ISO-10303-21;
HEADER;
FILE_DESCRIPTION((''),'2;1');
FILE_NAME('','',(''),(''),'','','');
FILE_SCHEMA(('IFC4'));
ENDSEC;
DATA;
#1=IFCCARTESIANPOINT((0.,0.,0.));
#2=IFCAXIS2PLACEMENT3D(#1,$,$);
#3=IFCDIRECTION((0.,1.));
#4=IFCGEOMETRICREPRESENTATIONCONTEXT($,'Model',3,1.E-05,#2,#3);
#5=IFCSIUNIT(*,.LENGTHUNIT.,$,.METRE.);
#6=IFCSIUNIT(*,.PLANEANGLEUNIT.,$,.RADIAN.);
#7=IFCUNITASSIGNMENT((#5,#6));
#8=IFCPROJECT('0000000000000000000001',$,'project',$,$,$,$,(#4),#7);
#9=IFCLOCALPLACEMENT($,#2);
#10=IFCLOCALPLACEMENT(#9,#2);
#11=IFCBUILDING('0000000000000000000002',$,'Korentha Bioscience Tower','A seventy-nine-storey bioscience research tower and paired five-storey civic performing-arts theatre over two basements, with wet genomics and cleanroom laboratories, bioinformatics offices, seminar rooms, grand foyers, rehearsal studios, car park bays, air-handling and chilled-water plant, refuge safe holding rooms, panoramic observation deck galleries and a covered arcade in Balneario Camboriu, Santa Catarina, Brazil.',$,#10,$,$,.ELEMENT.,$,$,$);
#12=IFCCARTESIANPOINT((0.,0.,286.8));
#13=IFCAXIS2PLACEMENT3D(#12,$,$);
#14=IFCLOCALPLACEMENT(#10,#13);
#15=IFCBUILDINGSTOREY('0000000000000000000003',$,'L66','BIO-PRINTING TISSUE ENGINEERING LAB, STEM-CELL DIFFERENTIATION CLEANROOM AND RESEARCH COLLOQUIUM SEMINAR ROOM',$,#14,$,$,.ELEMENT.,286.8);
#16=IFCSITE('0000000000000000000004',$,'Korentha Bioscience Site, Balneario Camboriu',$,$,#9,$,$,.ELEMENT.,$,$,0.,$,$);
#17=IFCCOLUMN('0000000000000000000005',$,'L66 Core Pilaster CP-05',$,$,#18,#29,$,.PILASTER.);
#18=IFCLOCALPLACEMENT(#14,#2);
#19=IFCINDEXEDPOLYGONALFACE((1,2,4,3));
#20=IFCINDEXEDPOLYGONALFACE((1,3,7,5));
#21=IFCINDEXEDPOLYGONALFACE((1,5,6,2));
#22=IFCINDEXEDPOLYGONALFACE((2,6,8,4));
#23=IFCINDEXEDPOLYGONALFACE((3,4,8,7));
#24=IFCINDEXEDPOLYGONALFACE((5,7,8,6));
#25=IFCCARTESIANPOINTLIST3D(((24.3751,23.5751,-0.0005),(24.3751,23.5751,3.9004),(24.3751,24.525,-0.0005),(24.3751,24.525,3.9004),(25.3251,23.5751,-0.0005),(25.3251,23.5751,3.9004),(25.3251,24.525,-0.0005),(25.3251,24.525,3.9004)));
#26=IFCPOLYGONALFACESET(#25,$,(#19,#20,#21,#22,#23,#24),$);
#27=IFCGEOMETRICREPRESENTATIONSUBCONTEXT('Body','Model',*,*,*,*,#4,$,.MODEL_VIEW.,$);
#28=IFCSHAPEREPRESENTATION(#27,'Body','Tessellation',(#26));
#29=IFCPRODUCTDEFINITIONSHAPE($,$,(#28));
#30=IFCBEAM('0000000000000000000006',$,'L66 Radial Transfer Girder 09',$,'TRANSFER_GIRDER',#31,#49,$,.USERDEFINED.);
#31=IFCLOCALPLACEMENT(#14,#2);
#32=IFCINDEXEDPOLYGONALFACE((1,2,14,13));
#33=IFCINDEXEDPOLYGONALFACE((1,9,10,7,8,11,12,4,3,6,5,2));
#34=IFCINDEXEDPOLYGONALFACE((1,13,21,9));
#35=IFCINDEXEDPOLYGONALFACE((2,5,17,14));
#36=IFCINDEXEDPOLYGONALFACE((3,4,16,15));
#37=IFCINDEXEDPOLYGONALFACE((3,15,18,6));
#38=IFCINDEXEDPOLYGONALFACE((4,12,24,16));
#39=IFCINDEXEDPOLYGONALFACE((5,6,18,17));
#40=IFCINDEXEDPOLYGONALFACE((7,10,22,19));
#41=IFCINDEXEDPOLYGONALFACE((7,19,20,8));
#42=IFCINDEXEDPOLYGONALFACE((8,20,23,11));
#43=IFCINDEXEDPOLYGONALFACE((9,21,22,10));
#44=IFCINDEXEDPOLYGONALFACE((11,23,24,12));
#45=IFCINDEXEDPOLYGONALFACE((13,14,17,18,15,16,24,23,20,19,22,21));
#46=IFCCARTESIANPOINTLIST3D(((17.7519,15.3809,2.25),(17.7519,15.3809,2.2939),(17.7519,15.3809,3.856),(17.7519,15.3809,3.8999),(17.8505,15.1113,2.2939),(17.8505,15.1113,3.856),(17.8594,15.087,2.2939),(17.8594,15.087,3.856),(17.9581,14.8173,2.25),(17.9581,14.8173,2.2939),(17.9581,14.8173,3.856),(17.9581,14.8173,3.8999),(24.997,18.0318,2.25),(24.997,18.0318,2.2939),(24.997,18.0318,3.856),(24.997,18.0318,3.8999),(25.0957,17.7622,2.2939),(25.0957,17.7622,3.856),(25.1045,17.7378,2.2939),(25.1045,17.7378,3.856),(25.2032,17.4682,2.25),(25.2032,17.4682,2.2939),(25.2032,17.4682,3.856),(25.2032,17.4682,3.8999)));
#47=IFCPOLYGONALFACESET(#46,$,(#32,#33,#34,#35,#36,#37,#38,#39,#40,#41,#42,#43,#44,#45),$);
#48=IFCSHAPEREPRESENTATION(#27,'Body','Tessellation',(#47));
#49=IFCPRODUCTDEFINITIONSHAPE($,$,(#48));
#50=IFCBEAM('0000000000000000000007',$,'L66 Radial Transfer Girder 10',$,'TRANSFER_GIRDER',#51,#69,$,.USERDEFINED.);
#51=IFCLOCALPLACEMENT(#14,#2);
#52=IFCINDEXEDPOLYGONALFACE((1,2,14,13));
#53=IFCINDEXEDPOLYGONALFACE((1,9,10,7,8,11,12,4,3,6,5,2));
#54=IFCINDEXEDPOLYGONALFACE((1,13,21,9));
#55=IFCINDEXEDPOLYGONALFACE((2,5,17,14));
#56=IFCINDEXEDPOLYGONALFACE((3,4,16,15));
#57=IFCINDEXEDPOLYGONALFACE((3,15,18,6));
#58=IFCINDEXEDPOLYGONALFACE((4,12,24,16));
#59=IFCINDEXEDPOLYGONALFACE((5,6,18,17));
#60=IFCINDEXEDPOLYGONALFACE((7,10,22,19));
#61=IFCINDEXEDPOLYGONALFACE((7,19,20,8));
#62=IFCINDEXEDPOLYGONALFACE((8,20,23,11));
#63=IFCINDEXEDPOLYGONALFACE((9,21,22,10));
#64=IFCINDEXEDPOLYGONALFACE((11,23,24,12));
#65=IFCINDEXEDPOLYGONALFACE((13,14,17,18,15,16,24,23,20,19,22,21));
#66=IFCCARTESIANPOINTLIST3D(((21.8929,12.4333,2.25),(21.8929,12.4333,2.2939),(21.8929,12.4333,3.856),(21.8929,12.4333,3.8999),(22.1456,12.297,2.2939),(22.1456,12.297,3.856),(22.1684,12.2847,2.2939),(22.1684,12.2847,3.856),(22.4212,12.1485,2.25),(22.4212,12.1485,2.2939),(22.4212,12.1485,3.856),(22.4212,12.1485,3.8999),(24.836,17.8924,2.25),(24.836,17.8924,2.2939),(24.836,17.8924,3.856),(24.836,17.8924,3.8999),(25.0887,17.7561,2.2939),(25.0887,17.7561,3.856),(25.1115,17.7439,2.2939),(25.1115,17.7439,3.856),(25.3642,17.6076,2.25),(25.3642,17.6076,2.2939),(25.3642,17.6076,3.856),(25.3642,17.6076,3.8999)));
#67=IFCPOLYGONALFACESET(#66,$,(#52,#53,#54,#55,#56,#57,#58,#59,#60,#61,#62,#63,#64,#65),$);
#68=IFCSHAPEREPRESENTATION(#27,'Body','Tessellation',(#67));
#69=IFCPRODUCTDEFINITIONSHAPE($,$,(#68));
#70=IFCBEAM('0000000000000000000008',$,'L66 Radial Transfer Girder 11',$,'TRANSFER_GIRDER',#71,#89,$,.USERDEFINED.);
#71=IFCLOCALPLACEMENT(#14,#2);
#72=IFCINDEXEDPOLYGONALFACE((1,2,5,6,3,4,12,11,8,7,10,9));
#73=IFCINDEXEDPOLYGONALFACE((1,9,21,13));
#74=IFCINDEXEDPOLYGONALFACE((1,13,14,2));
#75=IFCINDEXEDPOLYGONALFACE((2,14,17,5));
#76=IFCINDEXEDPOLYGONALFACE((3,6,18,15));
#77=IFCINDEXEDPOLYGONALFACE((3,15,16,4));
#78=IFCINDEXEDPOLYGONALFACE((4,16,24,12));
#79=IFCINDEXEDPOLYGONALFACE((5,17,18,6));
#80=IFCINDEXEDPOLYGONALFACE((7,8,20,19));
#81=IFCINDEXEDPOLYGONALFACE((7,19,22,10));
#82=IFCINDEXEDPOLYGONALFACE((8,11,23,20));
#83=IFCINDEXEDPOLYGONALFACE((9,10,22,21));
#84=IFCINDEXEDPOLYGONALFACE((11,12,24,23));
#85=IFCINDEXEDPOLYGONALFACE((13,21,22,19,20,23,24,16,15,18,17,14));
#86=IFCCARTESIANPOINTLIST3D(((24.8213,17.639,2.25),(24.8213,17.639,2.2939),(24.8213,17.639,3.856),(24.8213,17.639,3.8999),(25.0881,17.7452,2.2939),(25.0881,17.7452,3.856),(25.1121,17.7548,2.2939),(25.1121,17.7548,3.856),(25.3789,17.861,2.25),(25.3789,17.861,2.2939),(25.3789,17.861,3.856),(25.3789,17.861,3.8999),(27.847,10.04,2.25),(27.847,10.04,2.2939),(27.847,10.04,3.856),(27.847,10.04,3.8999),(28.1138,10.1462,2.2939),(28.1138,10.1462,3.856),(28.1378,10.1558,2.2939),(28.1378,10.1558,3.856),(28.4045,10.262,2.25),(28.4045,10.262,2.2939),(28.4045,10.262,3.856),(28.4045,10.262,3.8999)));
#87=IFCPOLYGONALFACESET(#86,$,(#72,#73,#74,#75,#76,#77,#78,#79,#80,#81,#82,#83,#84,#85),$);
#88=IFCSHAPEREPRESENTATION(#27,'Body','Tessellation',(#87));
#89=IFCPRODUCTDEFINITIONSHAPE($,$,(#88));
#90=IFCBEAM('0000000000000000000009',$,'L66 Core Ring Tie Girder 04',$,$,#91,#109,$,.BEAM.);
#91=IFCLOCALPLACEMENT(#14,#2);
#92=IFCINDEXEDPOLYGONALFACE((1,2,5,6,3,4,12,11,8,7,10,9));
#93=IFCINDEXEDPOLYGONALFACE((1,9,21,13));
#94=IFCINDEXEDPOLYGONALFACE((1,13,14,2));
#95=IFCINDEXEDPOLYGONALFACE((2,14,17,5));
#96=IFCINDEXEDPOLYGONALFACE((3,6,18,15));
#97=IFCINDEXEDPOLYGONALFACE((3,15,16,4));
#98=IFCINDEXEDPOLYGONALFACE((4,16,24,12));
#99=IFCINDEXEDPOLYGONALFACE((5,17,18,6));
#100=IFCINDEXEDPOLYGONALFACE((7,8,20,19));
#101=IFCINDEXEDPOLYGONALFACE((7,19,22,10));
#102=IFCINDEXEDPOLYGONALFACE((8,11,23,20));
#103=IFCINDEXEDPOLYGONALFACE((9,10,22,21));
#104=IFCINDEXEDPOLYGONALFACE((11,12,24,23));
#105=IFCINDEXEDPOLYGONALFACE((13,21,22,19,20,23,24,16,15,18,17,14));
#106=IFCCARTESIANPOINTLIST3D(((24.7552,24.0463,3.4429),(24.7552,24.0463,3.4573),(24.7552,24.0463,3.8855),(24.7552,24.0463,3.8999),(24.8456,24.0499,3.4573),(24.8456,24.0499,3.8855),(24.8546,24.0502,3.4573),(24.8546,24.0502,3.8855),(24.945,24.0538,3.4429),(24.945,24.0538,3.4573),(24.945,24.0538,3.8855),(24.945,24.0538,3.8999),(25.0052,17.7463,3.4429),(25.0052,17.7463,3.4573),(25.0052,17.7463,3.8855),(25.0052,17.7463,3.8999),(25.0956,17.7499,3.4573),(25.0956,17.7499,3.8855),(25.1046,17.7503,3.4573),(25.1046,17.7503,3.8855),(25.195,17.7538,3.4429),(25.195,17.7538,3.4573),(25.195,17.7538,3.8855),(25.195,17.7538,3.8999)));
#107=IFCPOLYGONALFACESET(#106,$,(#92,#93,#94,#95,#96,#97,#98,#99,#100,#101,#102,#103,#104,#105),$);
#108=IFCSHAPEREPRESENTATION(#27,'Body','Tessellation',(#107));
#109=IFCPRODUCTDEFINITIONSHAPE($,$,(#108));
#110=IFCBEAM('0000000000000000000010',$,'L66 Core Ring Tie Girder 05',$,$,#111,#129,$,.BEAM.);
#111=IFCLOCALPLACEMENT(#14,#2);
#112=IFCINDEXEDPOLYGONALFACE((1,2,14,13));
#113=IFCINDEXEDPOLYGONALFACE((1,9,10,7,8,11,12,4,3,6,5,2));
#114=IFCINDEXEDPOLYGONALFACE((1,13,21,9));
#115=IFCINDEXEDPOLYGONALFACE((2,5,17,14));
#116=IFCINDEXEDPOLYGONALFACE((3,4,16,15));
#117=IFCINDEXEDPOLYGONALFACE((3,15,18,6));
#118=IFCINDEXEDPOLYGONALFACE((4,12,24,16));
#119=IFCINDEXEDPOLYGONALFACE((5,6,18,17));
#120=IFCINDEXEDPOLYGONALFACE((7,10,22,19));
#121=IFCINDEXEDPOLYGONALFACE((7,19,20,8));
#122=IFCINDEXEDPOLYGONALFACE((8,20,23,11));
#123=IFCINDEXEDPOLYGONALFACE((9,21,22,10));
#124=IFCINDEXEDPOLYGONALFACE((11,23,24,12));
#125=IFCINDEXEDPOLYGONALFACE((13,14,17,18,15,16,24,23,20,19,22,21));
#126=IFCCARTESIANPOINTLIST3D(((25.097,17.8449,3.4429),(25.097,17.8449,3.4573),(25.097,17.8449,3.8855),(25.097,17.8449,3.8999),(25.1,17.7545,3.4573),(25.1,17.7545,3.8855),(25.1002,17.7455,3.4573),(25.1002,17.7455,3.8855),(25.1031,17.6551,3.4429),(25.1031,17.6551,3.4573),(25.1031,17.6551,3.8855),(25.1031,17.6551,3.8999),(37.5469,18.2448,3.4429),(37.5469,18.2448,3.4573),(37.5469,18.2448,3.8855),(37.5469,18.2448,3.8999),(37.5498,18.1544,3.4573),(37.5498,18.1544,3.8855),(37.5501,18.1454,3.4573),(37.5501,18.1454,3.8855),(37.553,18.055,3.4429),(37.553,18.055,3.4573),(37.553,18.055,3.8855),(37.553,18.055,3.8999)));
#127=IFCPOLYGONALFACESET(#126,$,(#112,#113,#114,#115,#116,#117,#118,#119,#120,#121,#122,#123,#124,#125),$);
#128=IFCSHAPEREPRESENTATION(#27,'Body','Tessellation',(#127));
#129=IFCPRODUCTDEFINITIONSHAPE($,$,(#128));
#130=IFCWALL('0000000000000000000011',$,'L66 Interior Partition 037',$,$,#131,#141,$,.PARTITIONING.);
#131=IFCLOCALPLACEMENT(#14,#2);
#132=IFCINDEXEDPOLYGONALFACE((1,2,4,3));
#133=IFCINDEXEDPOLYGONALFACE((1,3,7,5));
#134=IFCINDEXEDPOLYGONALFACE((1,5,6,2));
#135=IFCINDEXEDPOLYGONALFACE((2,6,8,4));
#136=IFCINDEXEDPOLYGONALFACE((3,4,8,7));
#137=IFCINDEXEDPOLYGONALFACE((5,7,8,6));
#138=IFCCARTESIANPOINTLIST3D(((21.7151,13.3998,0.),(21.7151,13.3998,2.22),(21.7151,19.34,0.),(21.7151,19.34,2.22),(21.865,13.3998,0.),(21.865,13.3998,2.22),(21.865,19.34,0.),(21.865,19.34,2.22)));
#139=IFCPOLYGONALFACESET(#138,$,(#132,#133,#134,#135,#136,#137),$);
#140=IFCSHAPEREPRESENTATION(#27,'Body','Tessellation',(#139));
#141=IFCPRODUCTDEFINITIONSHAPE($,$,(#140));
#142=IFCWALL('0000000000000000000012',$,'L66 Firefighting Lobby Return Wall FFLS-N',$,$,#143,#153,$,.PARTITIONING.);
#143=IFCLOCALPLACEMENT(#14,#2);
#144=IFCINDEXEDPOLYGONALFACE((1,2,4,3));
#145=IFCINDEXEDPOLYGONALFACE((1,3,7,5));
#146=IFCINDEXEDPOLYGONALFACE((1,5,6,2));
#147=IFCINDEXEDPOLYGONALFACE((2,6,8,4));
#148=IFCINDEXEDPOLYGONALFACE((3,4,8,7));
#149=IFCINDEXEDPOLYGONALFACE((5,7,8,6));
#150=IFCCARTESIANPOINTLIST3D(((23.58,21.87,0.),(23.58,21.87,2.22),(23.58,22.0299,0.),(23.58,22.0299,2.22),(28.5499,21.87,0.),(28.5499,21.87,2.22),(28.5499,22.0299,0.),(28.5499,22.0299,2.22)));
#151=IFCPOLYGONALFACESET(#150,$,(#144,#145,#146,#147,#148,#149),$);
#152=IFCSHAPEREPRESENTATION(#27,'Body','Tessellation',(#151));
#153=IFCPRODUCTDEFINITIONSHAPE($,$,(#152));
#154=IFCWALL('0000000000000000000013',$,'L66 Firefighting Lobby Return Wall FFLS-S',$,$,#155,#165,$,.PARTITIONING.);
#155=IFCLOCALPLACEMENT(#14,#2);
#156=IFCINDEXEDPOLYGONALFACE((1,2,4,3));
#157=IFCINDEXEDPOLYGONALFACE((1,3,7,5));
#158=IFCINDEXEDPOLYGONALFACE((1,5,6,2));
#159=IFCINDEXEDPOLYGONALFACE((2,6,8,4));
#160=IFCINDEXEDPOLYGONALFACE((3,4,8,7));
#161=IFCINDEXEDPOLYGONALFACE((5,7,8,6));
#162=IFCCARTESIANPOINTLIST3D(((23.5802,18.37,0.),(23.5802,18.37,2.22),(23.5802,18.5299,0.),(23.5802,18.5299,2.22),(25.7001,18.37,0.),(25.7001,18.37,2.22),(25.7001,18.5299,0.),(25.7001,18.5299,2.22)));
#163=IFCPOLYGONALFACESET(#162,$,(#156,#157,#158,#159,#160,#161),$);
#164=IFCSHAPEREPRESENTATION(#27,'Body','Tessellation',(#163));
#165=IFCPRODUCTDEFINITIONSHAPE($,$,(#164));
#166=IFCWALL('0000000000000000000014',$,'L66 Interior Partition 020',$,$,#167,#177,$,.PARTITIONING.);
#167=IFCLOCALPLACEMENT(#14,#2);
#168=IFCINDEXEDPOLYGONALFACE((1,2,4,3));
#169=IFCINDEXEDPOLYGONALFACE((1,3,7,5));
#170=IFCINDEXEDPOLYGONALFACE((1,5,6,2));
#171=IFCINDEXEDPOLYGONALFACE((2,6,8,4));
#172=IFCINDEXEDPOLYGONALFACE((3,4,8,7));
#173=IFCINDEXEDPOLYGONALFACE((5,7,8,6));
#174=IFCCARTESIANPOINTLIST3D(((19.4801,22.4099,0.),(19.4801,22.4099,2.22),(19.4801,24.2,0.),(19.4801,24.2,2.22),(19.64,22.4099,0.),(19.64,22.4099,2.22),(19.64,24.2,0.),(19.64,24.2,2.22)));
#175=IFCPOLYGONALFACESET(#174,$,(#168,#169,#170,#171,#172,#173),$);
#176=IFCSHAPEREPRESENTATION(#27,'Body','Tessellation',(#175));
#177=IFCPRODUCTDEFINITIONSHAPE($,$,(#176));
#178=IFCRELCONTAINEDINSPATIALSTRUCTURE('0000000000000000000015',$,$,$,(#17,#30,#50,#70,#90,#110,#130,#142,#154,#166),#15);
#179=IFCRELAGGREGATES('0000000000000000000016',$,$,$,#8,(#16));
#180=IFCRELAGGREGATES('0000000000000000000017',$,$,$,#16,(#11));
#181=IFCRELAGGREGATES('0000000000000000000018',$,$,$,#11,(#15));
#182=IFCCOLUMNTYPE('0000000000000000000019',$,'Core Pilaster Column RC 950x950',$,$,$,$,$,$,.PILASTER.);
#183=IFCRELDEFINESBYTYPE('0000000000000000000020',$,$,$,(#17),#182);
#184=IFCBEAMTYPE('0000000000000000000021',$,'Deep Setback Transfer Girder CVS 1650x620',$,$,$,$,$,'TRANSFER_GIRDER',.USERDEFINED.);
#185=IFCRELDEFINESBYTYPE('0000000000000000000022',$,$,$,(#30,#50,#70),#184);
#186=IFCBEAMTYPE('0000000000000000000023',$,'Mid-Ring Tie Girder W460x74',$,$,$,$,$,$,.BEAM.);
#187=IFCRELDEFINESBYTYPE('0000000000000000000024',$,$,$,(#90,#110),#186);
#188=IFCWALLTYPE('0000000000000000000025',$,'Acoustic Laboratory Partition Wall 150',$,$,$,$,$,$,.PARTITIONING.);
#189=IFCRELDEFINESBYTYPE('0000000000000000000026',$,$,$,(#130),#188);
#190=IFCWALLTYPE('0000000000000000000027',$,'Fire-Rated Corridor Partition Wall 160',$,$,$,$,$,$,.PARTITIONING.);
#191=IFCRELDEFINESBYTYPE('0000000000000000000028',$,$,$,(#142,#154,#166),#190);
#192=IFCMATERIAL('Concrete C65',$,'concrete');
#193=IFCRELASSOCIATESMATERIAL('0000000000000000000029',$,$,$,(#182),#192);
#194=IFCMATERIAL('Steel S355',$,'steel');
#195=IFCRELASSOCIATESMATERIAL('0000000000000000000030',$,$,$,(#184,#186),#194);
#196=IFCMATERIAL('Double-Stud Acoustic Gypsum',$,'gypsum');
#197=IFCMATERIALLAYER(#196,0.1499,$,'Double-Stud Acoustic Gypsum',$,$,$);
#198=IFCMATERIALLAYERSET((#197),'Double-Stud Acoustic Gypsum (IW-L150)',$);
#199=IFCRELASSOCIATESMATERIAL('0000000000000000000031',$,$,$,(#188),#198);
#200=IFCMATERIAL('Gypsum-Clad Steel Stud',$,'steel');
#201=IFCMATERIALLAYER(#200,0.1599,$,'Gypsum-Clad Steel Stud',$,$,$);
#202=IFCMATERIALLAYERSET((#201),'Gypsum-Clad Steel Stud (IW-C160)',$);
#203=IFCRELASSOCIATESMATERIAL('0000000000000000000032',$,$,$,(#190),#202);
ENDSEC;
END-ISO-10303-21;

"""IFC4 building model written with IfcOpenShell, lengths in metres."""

from ifc_helpers import new_model, si_unit, direction, frame, frame_2d, origin, origin_2d, place, context, subcontext, project, spatial, rectangle, i_section, extrude, material, layer, layer_set, material_profile, profile_set, type_object, element, save


model = new_model("IFC4")

# Units and contexts
model_context = context("Model", 3, precision=1e-05, world=origin(), true_north=direction((0.0, 1.0)))
body_context = subcontext(model_context, "Body", "Model", "MODEL_VIEW")
ifc_project = project(units=[si_unit("LENGTHUNIT", "METRE"), si_unit("PLANEANGLEUNIT", "RADIAN")], contexts=[model_context])

# Site, building, storey
site_placement = place(None, origin())
site = spatial("IfcSite", under=ifc_project, at=site_placement, Name="Korentha Bioscience Site, Balneario Camboriu", CompositionType="ELEMENT", RefElevation=0.0)
building_placement = place(site_placement, origin())
building = spatial("IfcBuilding", under=site, at=building_placement, Name="Korentha Bioscience Tower", Description="A seventy-nine-storey bioscience research tower and paired five-storey civic performing-arts theatre over two basements, with wet genomics and cleanroom laboratories, bioinformatics offices, seminar rooms, grand foyers, rehearsal studios, car park bays, air-handling and chilled-water plant, refuge safe holding rooms, panoramic observation deck galleries and a covered arcade in Balneario Camboriu, Santa Catarina, Brazil.", CompositionType="ELEMENT")
storey_placement = place(building_placement, frame((0.0, 0.0, 286.8)))
storey = spatial("IfcBuildingStorey", under=building, at=storey_placement, Name="L66", Description="BIO-PRINTING TISSUE ENGINEERING LAB, STEM-CELL DIFFERENTIATION CLEANROOM AND RESEARCH COLLOQUIUM SEMINAR ROOM", CompositionType="ELEMENT", Elevation=286.8)

# Column
ifc_material_1 = material(Name="Concrete C65", Category="concrete")
ifc_material_profile_1 = material_profile(ifc_material_1, rectangle(XDim=0.95, YDim=0.95, at=origin_2d()), Name="Concrete C65")
ifc_profile_set_1 = profile_set([ifc_material_profile_1], Name="Concrete C65 (COL-CP09)")
column_type = type_object("IfcColumnType", Name="Core Pilaster Column RC 950x950", PredefinedType="PILASTER", material=ifc_profile_set_1)
column_placement = place(storey_placement, frame((24.8501, 24.05, -0.0005), z_axis=(0.0, 0.0, 1.0), x_axis=(1.0, 0.0, 0.0)))
element("IfcColumn", 1, at=column_placement, inside=storey, type_object=column_type, Name="L66 Core Pilaster CP-05", PredefinedType="PILASTER", context=body_context, shape_type="SweptSolid", body=[
    extrude(rectangle(XDim=0.95, YDim=0.95, at=origin_2d()), origin(), (0.0, 0.0, 1.0), 3.9009),
])

# Beams
ifc_material_2 = material(Name="Steel S355", Category="steel")
ifc_material_profile_2 = material_profile(ifc_material_2, i_section(OverallWidth=0.6001, OverallDepth=1.6499, WebThickness=0.0259, FlangeThickness=0.0439, at=origin_2d()), Name="Steel S355")
ifc_profile_set_2 = profile_set([ifc_material_profile_2], Name="Steel S355 (TG-04)")
beam_type_1 = type_object("IfcBeamType", Name="Deep Setback Transfer Girder CVS 1650x620", ElementType="TRANSFER_GIRDER", PredefinedType="USERDEFINED", material=ifc_profile_set_2)
beam_1_placement = place(storey_placement, frame((25.1001, 17.75, 3.075), z_axis=(-0.939113, -0.343607, 0.0), x_axis=(0.343607, -0.939113, 0.0)))
element("IfcBeam", 2, at=beam_1_placement, inside=storey, type_object=beam_type_1, Name="L66 Radial Transfer Girder 09", ObjectType="TRANSFER_GIRDER", PredefinedType="USERDEFINED", context=body_context, shape_type="SweptSolid", body=[
    extrude(i_section(OverallWidth=0.6001, OverallDepth=1.6499, WebThickness=0.0259, FlangeThickness=0.0439, at=origin_2d()), origin(), (0.0, 0.0, 1.0), 7.7148),
])
beam_2_placement = place(storey_placement, frame((25.1001, 17.75, 3.075), z_axis=(-0.474541, -0.880233, 0.0), x_axis=(0.880233, -0.474541, 0.0)))
element("IfcBeam", 3, at=beam_2_placement, inside=storey, type_object=beam_type_1, Name="L66 Radial Transfer Girder 10", ObjectType="TRANSFER_GIRDER", PredefinedType="USERDEFINED", context=body_context, shape_type="SweptSolid", body=[
    extrude(i_section(OverallWidth=0.6001, OverallDepth=1.6499, WebThickness=0.0259, FlangeThickness=0.0439, at=origin_2d()), origin(), (0.0, 0.0, 1.0), 6.2019),
])
beam_3_placement = place(storey_placement, frame((25.1001, 17.75, 3.075), z_axis=(0.369923, -0.929062, 0.0), x_axis=(0.929062, 0.369923, 0.0)))
element("IfcBeam", 4, at=beam_3_placement, inside=storey, type_object=beam_type_1, Name="L66 Radial Transfer Girder 11", ObjectType="TRANSFER_GIRDER", PredefinedType="USERDEFINED", context=body_context, shape_type="SweptSolid", body=[
    extrude(i_section(OverallWidth=0.6001, OverallDepth=1.6499, WebThickness=0.0259, FlangeThickness=0.0439, at=origin_2d()), origin(), (0.0, 0.0, 1.0), 8.1792),
])
ifc_material_profile_3 = material_profile(ifc_material_2, i_section(OverallWidth=0.1899, OverallDepth=0.457, WebThickness=0.009, FlangeThickness=0.0144, at=origin_2d()), Name="Steel S355")
ifc_profile_set_3 = profile_set([ifc_material_profile_3], Name="Steel S355 (MB-460)")
beam_type_2 = type_object("IfcBeamType", Name="Mid-Ring Tie Girder W460x74", PredefinedType="BEAM", material=ifc_profile_set_3)
beam_4_placement = place(storey_placement, frame((24.8501, 24.05, 3.6714), z_axis=(0.039651, -0.999214, 0.0), x_axis=(0.999214, 0.039651, 0.0)))
element("IfcBeam", 5, at=beam_4_placement, inside=storey, type_object=beam_type_2, Name="L66 Core Ring Tie Girder 04", PredefinedType="BEAM", context=body_context, shape_type="SweptSolid", body=[
    extrude(i_section(OverallWidth=0.1899, OverallDepth=0.457, WebThickness=0.009, FlangeThickness=0.0144, at=origin_2d()), origin(), (0.0, 0.0, 1.0), 6.3049),
])
beam_5_placement = place(storey_placement, frame((25.1001, 17.75, 3.6714), z_axis=(0.999485, 0.032104, 0.0), x_axis=(-0.032104, 0.999485, 0.0)))
element("IfcBeam", 6, at=beam_5_placement, inside=storey, type_object=beam_type_2, Name="L66 Core Ring Tie Girder 05", PredefinedType="BEAM", context=body_context, shape_type="SweptSolid", body=[
    extrude(i_section(OverallWidth=0.1899, OverallDepth=0.457, WebThickness=0.009, FlangeThickness=0.0144, at=origin_2d()), origin(), (0.0, 0.0, 1.0), 12.4563),
])

# Shared definitions
ifc_material_3 = material(Name="Double-Stud Acoustic Gypsum", Category="gypsum")
ifc_layer_1 = layer(ifc_material_3, 0.1499, Name="Double-Stud Acoustic Gypsum")
ifc_layer_set_1 = layer_set([ifc_layer_1], Name="Double-Stud Acoustic Gypsum (IW-L150)")
wall_type_1 = type_object("IfcWallType", Name="Acoustic Laboratory Partition Wall 150", PredefinedType="PARTITIONING", material=ifc_layer_set_1)

# Wall
wall_1_placement = place(storey_placement, frame((21.79, 19.3401, 0.0), z_axis=(0.0, 0.0, 1.0), x_axis=(0.0, -1.0, 0.0)))
element("IfcWall", 7, at=wall_1_placement, inside=storey, type_object=wall_type_1, Name="L66 Interior Partition 037", PredefinedType="PARTITIONING", context=body_context, shape_type="SweptSolid", body=[
    extrude(rectangle(XDim=5.9402, YDim=0.1499, at=frame_2d((2.9702, 0.0))), origin(), (0.0, 0.0, 1.0), 2.22),
])

# Shared definitions
ifc_material_4 = material(Name="Gypsum-Clad Steel Stud", Category="steel")
ifc_layer_2 = layer(ifc_material_4, 0.1599, Name="Gypsum-Clad Steel Stud")
ifc_layer_set_2 = layer_set([ifc_layer_2], Name="Gypsum-Clad Steel Stud (IW-C160)")
wall_type_2 = type_object("IfcWallType", Name="Fire-Rated Corridor Partition Wall 160", PredefinedType="PARTITIONING", material=ifc_layer_set_2)

# Walls
wall_2_placement = place(storey_placement, frame((23.5801, 21.95, 0.0), z_axis=(0.0, 0.0, 1.0), x_axis=(1.0, 0.0, 0.0)))
element("IfcWall", 8, at=wall_2_placement, inside=storey, type_object=wall_type_2, Name="L66 Firefighting Lobby Return Wall FFLS-N", PredefinedType="PARTITIONING", context=body_context, shape_type="SweptSolid", body=[
    extrude(rectangle(XDim=4.97, YDim=0.1599, at=frame_2d((2.4849, 0.0))), origin(), (0.0, 0.0, 1.0), 2.22),
])
wall_3_placement = place(storey_placement, frame((23.5801, 18.45, 0.0), z_axis=(0.0, 0.0, 1.0), x_axis=(1.0, 0.0, 0.0)))
element("IfcWall", 9, at=wall_3_placement, inside=storey, type_object=wall_type_2, Name="L66 Firefighting Lobby Return Wall FFLS-S", PredefinedType="PARTITIONING", context=body_context, shape_type="SweptSolid", body=[
    extrude(rectangle(XDim=2.1199, YDim=0.1599, at=frame_2d((1.0601, 0.0))), origin(), (0.0, 0.0, 1.0), 2.22),
])

# Wall
wall_4_placement = place(storey_placement, frame((19.5601, 22.4099, 0.0), z_axis=(0.0, 0.0, 1.0), x_axis=(0.0, 1.0, 0.0)))
element("IfcWall", 10, at=wall_4_placement, inside=storey, type_object=wall_type_2, Name="L66 Interior Partition 020", PredefinedType="PARTITIONING", context=body_context, shape_type="SweptSolid", body=[
    extrude(rectangle(XDim=1.79, YDim=0.1599, at=frame_2d((0.895, 0.0))), origin(), (0.0, 0.0, 1.0), 2.22),
])

save(model, "model.ifc")
